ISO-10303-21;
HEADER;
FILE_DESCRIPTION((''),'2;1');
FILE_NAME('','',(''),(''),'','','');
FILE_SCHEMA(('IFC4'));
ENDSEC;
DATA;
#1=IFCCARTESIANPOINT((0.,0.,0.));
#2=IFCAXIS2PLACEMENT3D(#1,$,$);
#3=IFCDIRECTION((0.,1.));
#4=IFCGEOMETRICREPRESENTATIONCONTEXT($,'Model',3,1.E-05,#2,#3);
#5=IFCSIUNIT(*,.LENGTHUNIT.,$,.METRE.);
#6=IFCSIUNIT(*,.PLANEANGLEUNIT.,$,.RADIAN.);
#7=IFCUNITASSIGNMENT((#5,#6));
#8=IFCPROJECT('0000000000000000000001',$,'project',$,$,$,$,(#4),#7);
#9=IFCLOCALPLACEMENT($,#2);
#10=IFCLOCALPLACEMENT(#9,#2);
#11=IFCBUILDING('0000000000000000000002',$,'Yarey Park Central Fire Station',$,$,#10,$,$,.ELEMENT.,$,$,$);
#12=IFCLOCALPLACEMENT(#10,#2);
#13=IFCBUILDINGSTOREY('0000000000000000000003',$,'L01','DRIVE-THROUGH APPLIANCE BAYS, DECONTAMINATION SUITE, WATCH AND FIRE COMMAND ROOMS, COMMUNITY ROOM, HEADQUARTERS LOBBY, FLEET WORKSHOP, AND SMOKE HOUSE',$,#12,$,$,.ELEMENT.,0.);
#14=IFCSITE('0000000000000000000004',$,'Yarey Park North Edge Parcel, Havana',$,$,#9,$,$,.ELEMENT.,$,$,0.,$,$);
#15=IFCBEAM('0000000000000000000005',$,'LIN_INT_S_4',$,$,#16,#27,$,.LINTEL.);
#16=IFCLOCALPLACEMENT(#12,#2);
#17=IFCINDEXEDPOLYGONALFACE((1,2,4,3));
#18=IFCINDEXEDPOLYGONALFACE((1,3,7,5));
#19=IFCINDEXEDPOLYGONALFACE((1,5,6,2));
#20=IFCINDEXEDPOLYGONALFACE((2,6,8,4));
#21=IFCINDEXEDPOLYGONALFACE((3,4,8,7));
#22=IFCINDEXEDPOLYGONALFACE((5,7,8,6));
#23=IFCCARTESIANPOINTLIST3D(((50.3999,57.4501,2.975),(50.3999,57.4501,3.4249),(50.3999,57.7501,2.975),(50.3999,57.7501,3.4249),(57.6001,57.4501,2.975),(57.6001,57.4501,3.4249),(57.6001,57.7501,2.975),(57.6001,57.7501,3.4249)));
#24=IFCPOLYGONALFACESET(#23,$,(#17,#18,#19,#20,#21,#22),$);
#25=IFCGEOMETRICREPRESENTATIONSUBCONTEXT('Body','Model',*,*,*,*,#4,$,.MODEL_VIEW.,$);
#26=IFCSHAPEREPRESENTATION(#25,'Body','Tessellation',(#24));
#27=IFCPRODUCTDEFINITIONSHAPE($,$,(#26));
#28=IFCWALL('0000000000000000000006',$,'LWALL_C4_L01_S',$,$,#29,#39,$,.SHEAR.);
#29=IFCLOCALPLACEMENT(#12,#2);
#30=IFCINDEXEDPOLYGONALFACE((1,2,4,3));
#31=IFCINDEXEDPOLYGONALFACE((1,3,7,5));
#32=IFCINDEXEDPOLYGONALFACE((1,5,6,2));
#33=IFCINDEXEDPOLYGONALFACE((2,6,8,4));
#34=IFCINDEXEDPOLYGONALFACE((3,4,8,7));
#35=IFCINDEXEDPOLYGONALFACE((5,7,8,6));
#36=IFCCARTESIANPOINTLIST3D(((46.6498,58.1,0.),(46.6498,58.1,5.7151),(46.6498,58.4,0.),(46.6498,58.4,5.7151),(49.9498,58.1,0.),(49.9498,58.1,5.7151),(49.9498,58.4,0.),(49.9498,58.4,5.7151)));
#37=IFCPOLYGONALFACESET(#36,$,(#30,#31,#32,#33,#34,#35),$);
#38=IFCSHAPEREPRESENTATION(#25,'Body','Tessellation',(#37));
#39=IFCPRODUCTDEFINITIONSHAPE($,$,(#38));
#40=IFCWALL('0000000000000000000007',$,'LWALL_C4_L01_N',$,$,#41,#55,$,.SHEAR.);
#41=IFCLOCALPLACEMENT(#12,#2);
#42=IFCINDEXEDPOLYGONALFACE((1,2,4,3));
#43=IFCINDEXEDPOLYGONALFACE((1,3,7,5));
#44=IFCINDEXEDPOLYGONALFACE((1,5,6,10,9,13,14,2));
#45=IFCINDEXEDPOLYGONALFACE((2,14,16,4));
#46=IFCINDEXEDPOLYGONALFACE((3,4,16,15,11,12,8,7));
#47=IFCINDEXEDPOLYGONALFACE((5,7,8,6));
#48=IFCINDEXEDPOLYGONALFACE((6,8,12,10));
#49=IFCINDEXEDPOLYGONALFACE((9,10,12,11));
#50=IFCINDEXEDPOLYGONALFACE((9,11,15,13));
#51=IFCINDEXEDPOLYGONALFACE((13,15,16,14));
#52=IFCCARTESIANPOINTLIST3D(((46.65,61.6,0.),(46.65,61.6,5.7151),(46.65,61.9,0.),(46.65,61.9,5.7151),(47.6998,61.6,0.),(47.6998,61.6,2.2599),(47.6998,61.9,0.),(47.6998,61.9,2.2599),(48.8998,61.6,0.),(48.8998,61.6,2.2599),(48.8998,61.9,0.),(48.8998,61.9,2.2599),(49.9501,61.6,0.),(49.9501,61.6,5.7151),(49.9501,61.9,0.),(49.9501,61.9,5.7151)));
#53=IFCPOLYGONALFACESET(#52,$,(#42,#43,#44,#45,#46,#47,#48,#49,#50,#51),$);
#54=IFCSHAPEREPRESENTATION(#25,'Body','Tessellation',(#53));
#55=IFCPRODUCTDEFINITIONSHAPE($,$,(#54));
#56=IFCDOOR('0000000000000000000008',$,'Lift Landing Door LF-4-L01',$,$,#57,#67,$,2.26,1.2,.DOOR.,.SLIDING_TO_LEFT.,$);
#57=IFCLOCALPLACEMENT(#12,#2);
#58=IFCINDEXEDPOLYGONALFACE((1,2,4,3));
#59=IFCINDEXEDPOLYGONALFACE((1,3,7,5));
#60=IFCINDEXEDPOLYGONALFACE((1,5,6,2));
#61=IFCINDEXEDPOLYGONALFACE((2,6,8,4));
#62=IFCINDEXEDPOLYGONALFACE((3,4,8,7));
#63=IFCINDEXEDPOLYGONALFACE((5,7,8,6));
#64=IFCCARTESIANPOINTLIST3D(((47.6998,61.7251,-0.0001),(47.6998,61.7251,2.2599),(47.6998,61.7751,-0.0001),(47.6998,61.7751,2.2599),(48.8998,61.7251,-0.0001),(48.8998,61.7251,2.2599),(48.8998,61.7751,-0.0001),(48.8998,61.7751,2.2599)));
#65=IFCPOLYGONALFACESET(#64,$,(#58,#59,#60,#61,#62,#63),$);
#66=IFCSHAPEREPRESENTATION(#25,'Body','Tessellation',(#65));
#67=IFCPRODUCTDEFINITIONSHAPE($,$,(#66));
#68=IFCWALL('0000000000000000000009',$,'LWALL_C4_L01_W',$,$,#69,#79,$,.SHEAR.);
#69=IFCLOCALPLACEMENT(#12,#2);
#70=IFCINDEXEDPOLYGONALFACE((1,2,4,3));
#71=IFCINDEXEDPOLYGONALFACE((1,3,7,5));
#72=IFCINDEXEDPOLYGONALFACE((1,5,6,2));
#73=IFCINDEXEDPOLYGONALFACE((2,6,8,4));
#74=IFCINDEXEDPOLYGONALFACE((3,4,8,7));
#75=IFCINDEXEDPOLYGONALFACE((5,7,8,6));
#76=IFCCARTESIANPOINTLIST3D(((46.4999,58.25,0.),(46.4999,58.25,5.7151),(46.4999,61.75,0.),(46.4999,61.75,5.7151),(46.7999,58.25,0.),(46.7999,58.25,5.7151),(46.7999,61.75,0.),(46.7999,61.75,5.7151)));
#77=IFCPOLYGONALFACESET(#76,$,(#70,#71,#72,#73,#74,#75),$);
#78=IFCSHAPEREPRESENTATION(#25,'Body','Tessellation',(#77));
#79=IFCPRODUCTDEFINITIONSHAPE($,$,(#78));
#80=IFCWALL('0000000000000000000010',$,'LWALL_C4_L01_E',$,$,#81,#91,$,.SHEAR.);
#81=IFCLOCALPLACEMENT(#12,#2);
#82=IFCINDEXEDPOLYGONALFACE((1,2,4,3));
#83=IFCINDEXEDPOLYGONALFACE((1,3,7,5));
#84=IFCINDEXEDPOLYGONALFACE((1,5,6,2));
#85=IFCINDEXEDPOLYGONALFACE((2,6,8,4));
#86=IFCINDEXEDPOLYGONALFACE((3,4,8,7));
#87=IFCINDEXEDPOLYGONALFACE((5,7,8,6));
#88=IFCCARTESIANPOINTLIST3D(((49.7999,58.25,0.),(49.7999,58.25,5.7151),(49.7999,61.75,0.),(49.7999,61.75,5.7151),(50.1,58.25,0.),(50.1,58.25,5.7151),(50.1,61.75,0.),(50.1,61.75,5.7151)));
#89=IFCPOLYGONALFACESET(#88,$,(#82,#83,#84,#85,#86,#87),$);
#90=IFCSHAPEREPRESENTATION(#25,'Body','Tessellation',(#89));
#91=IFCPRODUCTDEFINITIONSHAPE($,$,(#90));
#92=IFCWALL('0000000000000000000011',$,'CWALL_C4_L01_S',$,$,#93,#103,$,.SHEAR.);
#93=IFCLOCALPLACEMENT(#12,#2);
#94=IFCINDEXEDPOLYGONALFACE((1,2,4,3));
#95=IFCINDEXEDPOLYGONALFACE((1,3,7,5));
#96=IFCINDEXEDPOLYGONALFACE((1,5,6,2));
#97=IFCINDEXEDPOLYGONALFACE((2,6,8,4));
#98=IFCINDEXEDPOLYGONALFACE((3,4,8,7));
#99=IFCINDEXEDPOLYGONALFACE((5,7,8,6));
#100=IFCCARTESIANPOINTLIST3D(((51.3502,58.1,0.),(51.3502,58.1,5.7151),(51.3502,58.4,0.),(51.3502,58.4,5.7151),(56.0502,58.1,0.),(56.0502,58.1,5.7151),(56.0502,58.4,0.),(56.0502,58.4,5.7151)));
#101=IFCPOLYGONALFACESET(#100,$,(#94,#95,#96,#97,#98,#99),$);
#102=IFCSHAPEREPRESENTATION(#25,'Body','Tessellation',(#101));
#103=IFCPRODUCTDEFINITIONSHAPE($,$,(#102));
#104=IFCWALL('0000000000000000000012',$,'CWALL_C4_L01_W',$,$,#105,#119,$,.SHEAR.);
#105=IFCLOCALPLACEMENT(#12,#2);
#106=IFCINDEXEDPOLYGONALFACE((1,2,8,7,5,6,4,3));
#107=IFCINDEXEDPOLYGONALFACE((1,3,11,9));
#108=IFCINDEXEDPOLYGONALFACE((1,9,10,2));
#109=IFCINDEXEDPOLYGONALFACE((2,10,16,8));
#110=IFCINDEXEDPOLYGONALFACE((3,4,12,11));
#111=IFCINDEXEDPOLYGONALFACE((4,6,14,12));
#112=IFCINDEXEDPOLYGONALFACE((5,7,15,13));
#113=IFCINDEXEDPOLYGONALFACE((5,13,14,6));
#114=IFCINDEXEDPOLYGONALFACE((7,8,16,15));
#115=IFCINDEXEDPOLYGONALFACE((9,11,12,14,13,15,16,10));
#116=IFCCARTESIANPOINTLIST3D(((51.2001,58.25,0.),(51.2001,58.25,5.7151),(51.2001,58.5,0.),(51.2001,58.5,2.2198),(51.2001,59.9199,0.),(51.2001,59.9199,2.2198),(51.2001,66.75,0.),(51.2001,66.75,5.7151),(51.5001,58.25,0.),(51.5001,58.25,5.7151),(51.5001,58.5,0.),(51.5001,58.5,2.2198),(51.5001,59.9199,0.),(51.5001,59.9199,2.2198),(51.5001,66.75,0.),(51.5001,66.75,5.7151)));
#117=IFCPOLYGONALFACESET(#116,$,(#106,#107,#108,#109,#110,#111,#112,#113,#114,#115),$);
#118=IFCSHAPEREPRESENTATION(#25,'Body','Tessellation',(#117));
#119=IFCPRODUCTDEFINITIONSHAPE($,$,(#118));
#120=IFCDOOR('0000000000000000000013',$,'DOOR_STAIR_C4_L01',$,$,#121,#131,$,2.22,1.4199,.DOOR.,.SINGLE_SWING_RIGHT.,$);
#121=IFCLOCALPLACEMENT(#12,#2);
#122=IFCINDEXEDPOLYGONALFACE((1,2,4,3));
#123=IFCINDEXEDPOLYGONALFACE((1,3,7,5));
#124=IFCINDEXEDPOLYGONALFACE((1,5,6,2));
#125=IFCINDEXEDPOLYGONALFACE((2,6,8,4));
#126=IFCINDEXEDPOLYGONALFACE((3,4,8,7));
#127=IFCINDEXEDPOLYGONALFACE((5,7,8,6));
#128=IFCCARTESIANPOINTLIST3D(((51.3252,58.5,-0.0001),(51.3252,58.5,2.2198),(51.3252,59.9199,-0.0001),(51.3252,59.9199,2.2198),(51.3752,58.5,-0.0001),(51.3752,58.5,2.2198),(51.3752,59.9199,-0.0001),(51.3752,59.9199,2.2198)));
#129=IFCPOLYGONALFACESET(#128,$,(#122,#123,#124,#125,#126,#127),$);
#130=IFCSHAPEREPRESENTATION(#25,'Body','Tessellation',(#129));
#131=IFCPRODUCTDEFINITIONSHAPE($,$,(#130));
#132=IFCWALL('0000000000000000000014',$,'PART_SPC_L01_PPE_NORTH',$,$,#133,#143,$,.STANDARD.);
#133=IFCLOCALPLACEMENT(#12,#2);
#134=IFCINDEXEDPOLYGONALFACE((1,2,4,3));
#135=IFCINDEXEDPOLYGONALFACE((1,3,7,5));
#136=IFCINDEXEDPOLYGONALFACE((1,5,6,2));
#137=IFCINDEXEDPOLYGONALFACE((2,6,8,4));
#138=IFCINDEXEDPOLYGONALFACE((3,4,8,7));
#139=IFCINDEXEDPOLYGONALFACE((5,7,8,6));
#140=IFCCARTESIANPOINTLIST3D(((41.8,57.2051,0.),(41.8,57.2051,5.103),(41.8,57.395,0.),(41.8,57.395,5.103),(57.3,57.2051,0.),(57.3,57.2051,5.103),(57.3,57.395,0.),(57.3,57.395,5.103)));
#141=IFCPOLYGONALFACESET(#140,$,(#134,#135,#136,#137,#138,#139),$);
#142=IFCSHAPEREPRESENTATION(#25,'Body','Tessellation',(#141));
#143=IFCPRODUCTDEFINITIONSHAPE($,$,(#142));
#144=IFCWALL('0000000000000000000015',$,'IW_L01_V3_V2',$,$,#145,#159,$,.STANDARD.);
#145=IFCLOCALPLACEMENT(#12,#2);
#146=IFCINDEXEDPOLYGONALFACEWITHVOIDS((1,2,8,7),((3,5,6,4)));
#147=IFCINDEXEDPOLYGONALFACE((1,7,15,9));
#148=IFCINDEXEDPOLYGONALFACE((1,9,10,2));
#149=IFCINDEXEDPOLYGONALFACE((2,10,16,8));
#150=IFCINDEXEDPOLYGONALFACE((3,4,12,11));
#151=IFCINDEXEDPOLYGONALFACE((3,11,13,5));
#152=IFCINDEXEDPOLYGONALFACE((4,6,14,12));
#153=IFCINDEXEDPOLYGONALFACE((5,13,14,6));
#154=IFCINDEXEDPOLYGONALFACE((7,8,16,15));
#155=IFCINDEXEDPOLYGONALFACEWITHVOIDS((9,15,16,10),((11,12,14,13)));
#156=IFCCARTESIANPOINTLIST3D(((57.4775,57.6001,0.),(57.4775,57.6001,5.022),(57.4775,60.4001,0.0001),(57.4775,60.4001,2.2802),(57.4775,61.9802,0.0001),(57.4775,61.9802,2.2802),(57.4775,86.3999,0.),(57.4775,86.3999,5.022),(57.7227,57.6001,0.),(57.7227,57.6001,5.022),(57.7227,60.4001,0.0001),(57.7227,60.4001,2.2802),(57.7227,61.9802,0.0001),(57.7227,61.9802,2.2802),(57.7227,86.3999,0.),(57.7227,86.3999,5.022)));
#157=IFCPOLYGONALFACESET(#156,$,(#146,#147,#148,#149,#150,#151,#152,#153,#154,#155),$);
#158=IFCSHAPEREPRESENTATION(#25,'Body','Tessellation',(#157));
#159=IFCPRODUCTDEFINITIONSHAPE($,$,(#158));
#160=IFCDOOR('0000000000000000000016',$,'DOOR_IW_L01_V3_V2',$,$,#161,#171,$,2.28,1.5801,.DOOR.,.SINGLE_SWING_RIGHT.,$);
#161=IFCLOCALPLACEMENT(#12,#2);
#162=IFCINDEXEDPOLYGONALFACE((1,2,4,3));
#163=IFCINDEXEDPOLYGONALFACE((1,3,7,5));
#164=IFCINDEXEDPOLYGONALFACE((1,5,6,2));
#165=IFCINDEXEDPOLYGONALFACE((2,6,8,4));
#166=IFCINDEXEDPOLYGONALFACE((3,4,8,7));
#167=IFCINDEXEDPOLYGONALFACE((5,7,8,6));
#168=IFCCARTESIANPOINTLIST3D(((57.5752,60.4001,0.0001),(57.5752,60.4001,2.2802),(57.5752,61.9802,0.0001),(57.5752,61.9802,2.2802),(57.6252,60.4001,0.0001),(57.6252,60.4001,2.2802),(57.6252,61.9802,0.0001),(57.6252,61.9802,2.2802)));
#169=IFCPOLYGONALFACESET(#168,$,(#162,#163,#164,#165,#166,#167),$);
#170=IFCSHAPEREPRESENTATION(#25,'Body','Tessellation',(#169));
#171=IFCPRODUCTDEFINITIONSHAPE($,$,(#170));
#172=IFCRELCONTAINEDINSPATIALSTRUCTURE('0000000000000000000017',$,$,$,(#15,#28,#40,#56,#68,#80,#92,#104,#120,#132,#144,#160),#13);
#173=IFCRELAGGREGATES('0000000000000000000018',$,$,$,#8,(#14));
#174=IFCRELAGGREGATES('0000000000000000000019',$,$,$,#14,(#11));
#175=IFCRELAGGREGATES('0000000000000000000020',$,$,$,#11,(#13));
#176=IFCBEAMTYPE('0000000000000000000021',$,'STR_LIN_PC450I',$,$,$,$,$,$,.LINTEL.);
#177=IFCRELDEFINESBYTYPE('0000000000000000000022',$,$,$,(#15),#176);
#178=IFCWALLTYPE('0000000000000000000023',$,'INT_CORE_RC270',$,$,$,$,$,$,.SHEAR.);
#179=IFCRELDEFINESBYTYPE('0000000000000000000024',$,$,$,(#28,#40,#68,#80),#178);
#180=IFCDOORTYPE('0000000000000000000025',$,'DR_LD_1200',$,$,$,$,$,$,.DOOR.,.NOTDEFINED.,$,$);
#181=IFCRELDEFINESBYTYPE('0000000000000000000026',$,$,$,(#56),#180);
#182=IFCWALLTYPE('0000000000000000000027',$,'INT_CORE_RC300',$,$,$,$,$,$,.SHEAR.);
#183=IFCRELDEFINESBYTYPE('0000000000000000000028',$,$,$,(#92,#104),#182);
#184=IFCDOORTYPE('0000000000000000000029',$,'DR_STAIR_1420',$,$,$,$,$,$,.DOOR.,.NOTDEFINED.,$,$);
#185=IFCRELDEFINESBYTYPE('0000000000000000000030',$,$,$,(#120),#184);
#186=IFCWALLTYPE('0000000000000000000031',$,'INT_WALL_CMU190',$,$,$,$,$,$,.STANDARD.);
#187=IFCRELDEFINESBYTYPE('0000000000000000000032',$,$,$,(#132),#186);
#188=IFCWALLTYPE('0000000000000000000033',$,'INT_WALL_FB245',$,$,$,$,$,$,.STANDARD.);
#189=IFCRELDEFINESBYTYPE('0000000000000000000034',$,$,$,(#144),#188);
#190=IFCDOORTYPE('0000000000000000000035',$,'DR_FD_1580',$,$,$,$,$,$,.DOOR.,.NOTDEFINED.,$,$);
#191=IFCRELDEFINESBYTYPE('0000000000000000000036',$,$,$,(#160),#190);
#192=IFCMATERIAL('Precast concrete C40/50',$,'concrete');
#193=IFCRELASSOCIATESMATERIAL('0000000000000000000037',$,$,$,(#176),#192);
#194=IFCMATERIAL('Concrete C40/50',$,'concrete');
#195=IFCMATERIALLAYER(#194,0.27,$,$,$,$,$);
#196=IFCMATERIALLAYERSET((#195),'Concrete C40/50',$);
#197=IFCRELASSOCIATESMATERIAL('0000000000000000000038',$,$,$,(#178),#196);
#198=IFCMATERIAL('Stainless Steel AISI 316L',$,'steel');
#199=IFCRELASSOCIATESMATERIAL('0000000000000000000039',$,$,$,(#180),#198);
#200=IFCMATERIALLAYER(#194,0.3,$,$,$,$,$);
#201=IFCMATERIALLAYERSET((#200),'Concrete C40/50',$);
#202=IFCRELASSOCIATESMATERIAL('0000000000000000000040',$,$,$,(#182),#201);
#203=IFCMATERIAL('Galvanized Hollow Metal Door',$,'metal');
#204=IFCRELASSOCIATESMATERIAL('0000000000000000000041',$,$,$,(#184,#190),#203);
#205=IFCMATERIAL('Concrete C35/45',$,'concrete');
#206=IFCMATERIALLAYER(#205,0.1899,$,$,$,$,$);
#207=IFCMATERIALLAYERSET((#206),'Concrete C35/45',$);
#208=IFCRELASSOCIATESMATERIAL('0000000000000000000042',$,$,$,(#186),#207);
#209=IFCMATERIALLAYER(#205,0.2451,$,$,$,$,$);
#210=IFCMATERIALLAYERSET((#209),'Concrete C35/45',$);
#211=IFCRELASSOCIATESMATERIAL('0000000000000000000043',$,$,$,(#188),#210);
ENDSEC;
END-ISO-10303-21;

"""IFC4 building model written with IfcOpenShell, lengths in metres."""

from ifc_helpers import new_model, si_unit, direction, frame, frame_2d, origin, origin_2d, place, context, subcontext, project, spatial, rectangle, extrude, material, layer, layer_set, material_profile, profile_set, type_object, element, fill, save


model = new_model("IFC4")

# Units and contexts
model_context = context("Model", 3, precision=1e-05, world=origin(), true_north=direction((0.0, 1.0)))
body_context = subcontext(model_context, "Body", "Model", "MODEL_VIEW")
ifc_project = project(units=[si_unit("LENGTHUNIT", "METRE"), si_unit("PLANEANGLEUNIT", "RADIAN")], contexts=[model_context])

# Site, building, storey
site_placement = place(None, origin())
site = spatial("IfcSite", under=ifc_project, at=site_placement, Name="Yarey Park North Edge Parcel, Havana", CompositionType="ELEMENT", RefElevation=0.0)
building_placement = place(site_placement, origin())
building = spatial("IfcBuilding", under=site, at=building_placement, Name="Yarey Park Central Fire Station", CompositionType="ELEMENT")
storey_placement = place(building_placement, origin())
storey = spatial("IfcBuildingStorey", under=building, at=storey_placement, Name="L01", Description="DRIVE-THROUGH APPLIANCE BAYS, DECONTAMINATION SUITE, WATCH AND FIRE COMMAND ROOMS, COMMUNITY ROOM, HEADQUARTERS LOBBY, FLEET WORKSHOP, AND SMOKE HOUSE", CompositionType="ELEMENT", Elevation=0.0)

# Shared definitions
ifc_material_1 = material(Name="Concrete C35/45", Category="concrete")

# Shared definitions
ifc_material_2 = material(Name="Concrete C40/50", Category="concrete")

# Beam
ifc_material_3 = material(Name="Precast concrete C40/50", Category="concrete")
ifc_material_profile_1 = material_profile(ifc_material_3, rectangle(XDim=0.3, YDim=0.45, at=origin_2d()), Name="PC 300x450")
ifc_profile_set_1 = profile_set([ifc_material_profile_1], Name="Precast concrete C40/50")
beam_type = type_object("IfcBeamType", Name="STR_LIN_PC450I", PredefinedType="LINTEL", material=ifc_profile_set_1)
beam_1_placement = place(storey_placement, frame((50.3999, 57.6001, 3.2), z_axis=(1.0, 0.0, 0.0), x_axis=(0.0, 1.0, 0.0)))
element("IfcBeam", 1, at=beam_1_placement, inside=storey, type_object=beam_type, Name="LIN_INT_S_4", PredefinedType="LINTEL", context=body_context, shape_type="SweptSolid", body=[
    extrude(rectangle(XDim=0.3, YDim=0.45, at=origin_2d()), origin(), (0.0, 0.0, 1.0), 7.2002),
])

# Wall
ifc_layer_1 = layer(ifc_material_2, 0.27)
ifc_layer_set_1 = layer_set([ifc_layer_1], Name="Concrete C40/50")
wall_type_1 = type_object("IfcWallType", Name="INT_CORE_RC270", PredefinedType="SHEAR", material=ifc_layer_set_1)
wall_1_placement = place(storey_placement, frame((46.6499, 58.25, 0.0), z_axis=(0.0, 0.0, 1.0), x_axis=(1.0, 0.0, 0.0)))
element("IfcWall", 2, at=wall_1_placement, inside=storey, type_object=wall_type_1, Name="LWALL_C4_L01_S", PredefinedType="SHEAR", context=body_context, shape_type="SweptSolid", body=[
    extrude(rectangle(XDim=3.3, YDim=0.3, at=frame_2d((1.6499, 0.0))), origin(), (0.0, 0.0, 1.0), 5.7151),
])

# Wall, opening, door
wall_2_placement = place(storey_placement, frame((49.95, 61.75, 0.0), z_axis=(0.0, 0.0, 1.0), x_axis=(-1.0, 0.0, 0.0)))
wall_2 = element("IfcWall", 3, at=wall_2_placement, inside=storey, type_object=wall_type_1, Name="LWALL_C4_L01_N", PredefinedType="SHEAR", context=body_context, shape_type="SweptSolid", body=[
    extrude(rectangle(XDim=3.3, YDim=0.3, at=frame_2d((1.6499, 0.0))), origin(), (0.0, 0.0, 1.0), 5.7151),
])
opening_1_placement = place(wall_2_placement, frame((1.05, 0.0, 0.0)))
opening_1 = element("IfcOpeningElement", 4, at=opening_1_placement, cuts=wall_2, PredefinedType="OPENING", context=body_context, shape_type="SweptSolid", body=[
    extrude(rectangle(XDim=1.2, YDim=2.26, at=frame_2d((0.6001, 1.1299))), frame((0.0, 0.1599, 0.0), z_axis=(0.0, -1.0, 0.0), x_axis=(1.0, 0.0, 0.0)), (0.0, 0.0, 1.0), 0.3201),
])
ifc_material_4 = material(Name="Stainless Steel AISI 316L", Category="steel")
door_type_1 = type_object("IfcDoorType", Name="DR_LD_1200", OperationType="NOTDEFINED", PredefinedType="DOOR", material=ifc_material_4)
door_1_placement = place(opening_1_placement, origin())
door_1 = element("IfcDoor", 5, at=door_1_placement, inside=storey, type_object=door_type_1, Name="Lift Landing Door LF-4-L01", OperationType="SLIDING_TO_LEFT", OverallHeight=2.26, OverallWidth=1.2, PredefinedType="DOOR", context=body_context, shape_type="SweptSolid", body=[
    extrude(rectangle(XDim=1.2, YDim=2.26, at=frame_2d((0.6001, 1.1299))), frame((0.0, 0.0249, 0.0), z_axis=(0.0, -1.0, 0.0), x_axis=(1.0, 0.0, 0.0)), (0.0, 0.0, 1.0), 0.05),
])
fill(opening_1, door_1)

# Walls
for number, where, z_axis, x_axis, name in (
    (6, (46.6499, 61.75, 0.0), (0.0, 0.0, 1.0), (0.0, -1.0, 0.0), "LWALL_C4_L01_W"),
    (7, (49.95, 58.25, 0.0), (0.0, 0.0, 1.0), (0.0, 1.0, 0.0), "LWALL_C4_L01_E"),
):
    element("IfcWall", number, at=place(storey_placement, frame(where, z_axis=z_axis, x_axis=x_axis)), inside=storey, type_object=wall_type_1, Name=name, PredefinedType="SHEAR", context=body_context, shape_type="SweptSolid", body=[
        extrude(rectangle(XDim=3.5, YDim=0.3, at=frame_2d((1.75, 0.0))), origin(), (0.0, 0.0, 1.0), 5.7151),
    ])
ifc_layer_2 = layer(ifc_material_2, 0.3)
ifc_layer_set_2 = layer_set([ifc_layer_2], Name="Concrete C40/50")
wall_type_2 = type_object("IfcWallType", Name="INT_CORE_RC300", PredefinedType="SHEAR", material=ifc_layer_set_2)
wall_3_placement = place(storey_placement, frame((51.3501, 58.25, 0.0), z_axis=(0.0, 0.0, 1.0), x_axis=(1.0, 0.0, 0.0)))
element("IfcWall", 8, at=wall_3_placement, inside=storey, type_object=wall_type_2, Name="CWALL_C4_L01_S", PredefinedType="SHEAR", context=body_context, shape_type="SweptSolid", body=[
    extrude(rectangle(XDim=4.7, YDim=0.3, at=frame_2d((2.3501, 0.0))), origin(), (0.0, 0.0, 1.0), 5.7151),
])

# Wall, opening, door
wall_4_placement = place(storey_placement, frame((51.3501, 58.25, 0.0), z_axis=(0.0, 0.0, 1.0), x_axis=(0.0, 1.0, 0.0)))
wall_4 = element("IfcWall", 9, at=wall_4_placement, inside=storey, type_object=wall_type_2, Name="CWALL_C4_L01_W", PredefinedType="SHEAR", context=body_context, shape_type="SweptSolid", body=[
    extrude(rectangle(XDim=8.5, YDim=0.3, at=frame_2d((4.25, 0.0))), origin(), (0.0, 0.0, 1.0), 5.7151),
])
opening_2_placement = place(wall_4_placement, frame((0.25, 0.0, 0.0)))
opening_2 = element("IfcOpeningElement", 10, at=opening_2_placement, cuts=wall_4, PredefinedType="OPENING", context=body_context, shape_type="SweptSolid", body=[
    extrude(rectangle(XDim=1.4199, YDim=2.22, at=frame_2d((0.71, 1.1099))), frame((0.0, 0.1599, 0.0), z_axis=(0.0, -1.0, 0.0), x_axis=(1.0, 0.0, 0.0)), (0.0, 0.0, 1.0), 0.3201),
])
ifc_material_5 = material(Name="Galvanized Hollow Metal Door", Category="metal")
door_type_2 = type_object("IfcDoorType", Name="DR_STAIR_1420", OperationType="NOTDEFINED", PredefinedType="DOOR", material=ifc_material_5)
door_2_placement = place(opening_2_placement, origin())
door_2 = element("IfcDoor", 11, at=door_2_placement, inside=storey, type_object=door_type_2, Name="DOOR_STAIR_C4_L01", OperationType="SINGLE_SWING_RIGHT", OverallHeight=2.22, OverallWidth=1.4199, PredefinedType="DOOR", context=body_context, shape_type="SweptSolid", body=[
    extrude(rectangle(XDim=1.4199, YDim=2.22, at=frame_2d((0.71, 1.1099))), frame((0.0, 0.0249, 0.0), z_axis=(0.0, -1.0, 0.0), x_axis=(1.0, 0.0, 0.0)), (0.0, 0.0, 1.0), 0.05),
])
fill(opening_2, door_2)

# Wall
ifc_layer_3 = layer(ifc_material_1, 0.1899)
ifc_layer_set_3 = layer_set([ifc_layer_3], Name="Concrete C35/45")
wall_type_3 = type_object("IfcWallType", Name="INT_WALL_CMU190", PredefinedType="STANDARD", material=ifc_layer_set_3)
wall_5_placement = place(storey_placement, frame((57.3, 57.3, 0.0), z_axis=(0.0, 0.0, 1.0), x_axis=(-1.0, 0.0, 0.0)))
element("IfcWall", 12, at=wall_5_placement, inside=storey, type_object=wall_type_3, Name="PART_SPC_L01_PPE_NORTH", PredefinedType="STANDARD", context=body_context, shape_type="SweptSolid", body=[
    extrude(rectangle(XDim=15.5, YDim=0.1899, at=frame_2d((7.75, 0.0))), origin(), (0.0, 0.0, 1.0), 5.103),
])

# Wall, opening, door
ifc_layer_4 = layer(ifc_material_1, 0.2451)
ifc_layer_set_4 = layer_set([ifc_layer_4], Name="Concrete C35/45")
wall_type_4 = type_object("IfcWallType", Name="INT_WALL_FB245", PredefinedType="STANDARD", material=ifc_layer_set_4)
wall_6_placement = place(storey_placement, frame((57.6001, 57.6001, 0.0), z_axis=(0.0, 0.0, 1.0), x_axis=(0.0, 1.0, 0.0)))
wall_6 = element("IfcWall", 13, at=wall_6_placement, inside=storey, type_object=wall_type_4, Name="IW_L01_V3_V2", PredefinedType="STANDARD", context=body_context, shape_type="SweptSolid", body=[
    extrude(rectangle(XDim=28.7998, YDim=0.2451, at=frame_2d((14.3999, 0.0))), origin(), (0.0, 0.0, 1.0), 5.022),
])
opening_3_placement = place(wall_6_placement, frame((2.8, 0.0, 0.0)))
opening_3 = element("IfcOpeningElement", 14, at=opening_3_placement, cuts=wall_6, PredefinedType="OPENING", context=body_context, shape_type="SweptSolid", body=[
    extrude(rectangle(XDim=1.5801, YDim=2.28, at=frame_2d((0.79, 1.1401))), frame((0.0, 0.1326, 0.0), z_axis=(0.0, -1.0, 0.0), x_axis=(1.0, 0.0, 0.0)), (0.0, 0.0, 1.0), 0.2651),
])
door_type_3 = type_object("IfcDoorType", Name="DR_FD_1580", OperationType="NOTDEFINED", PredefinedType="DOOR", material=ifc_material_5)
door_3_placement = place(opening_3_placement, origin())
door_3 = element("IfcDoor", 15, at=door_3_placement, inside=storey, type_object=door_type_3, Name="DOOR_IW_L01_V3_V2", OperationType="SINGLE_SWING_RIGHT", OverallHeight=2.28, OverallWidth=1.5801, PredefinedType="DOOR", context=body_context, shape_type="SweptSolid", body=[
    extrude(rectangle(XDim=1.5801, YDim=2.28, at=frame_2d((0.79, 1.1401))), frame((0.0, 0.0249, 0.0), z_axis=(0.0, -1.0, 0.0), x_axis=(1.0, 0.0, 0.0)), (0.0, 0.0, 1.0), 0.05),
])
fill(opening_3, door_3)

save(model, "model.ifc")
